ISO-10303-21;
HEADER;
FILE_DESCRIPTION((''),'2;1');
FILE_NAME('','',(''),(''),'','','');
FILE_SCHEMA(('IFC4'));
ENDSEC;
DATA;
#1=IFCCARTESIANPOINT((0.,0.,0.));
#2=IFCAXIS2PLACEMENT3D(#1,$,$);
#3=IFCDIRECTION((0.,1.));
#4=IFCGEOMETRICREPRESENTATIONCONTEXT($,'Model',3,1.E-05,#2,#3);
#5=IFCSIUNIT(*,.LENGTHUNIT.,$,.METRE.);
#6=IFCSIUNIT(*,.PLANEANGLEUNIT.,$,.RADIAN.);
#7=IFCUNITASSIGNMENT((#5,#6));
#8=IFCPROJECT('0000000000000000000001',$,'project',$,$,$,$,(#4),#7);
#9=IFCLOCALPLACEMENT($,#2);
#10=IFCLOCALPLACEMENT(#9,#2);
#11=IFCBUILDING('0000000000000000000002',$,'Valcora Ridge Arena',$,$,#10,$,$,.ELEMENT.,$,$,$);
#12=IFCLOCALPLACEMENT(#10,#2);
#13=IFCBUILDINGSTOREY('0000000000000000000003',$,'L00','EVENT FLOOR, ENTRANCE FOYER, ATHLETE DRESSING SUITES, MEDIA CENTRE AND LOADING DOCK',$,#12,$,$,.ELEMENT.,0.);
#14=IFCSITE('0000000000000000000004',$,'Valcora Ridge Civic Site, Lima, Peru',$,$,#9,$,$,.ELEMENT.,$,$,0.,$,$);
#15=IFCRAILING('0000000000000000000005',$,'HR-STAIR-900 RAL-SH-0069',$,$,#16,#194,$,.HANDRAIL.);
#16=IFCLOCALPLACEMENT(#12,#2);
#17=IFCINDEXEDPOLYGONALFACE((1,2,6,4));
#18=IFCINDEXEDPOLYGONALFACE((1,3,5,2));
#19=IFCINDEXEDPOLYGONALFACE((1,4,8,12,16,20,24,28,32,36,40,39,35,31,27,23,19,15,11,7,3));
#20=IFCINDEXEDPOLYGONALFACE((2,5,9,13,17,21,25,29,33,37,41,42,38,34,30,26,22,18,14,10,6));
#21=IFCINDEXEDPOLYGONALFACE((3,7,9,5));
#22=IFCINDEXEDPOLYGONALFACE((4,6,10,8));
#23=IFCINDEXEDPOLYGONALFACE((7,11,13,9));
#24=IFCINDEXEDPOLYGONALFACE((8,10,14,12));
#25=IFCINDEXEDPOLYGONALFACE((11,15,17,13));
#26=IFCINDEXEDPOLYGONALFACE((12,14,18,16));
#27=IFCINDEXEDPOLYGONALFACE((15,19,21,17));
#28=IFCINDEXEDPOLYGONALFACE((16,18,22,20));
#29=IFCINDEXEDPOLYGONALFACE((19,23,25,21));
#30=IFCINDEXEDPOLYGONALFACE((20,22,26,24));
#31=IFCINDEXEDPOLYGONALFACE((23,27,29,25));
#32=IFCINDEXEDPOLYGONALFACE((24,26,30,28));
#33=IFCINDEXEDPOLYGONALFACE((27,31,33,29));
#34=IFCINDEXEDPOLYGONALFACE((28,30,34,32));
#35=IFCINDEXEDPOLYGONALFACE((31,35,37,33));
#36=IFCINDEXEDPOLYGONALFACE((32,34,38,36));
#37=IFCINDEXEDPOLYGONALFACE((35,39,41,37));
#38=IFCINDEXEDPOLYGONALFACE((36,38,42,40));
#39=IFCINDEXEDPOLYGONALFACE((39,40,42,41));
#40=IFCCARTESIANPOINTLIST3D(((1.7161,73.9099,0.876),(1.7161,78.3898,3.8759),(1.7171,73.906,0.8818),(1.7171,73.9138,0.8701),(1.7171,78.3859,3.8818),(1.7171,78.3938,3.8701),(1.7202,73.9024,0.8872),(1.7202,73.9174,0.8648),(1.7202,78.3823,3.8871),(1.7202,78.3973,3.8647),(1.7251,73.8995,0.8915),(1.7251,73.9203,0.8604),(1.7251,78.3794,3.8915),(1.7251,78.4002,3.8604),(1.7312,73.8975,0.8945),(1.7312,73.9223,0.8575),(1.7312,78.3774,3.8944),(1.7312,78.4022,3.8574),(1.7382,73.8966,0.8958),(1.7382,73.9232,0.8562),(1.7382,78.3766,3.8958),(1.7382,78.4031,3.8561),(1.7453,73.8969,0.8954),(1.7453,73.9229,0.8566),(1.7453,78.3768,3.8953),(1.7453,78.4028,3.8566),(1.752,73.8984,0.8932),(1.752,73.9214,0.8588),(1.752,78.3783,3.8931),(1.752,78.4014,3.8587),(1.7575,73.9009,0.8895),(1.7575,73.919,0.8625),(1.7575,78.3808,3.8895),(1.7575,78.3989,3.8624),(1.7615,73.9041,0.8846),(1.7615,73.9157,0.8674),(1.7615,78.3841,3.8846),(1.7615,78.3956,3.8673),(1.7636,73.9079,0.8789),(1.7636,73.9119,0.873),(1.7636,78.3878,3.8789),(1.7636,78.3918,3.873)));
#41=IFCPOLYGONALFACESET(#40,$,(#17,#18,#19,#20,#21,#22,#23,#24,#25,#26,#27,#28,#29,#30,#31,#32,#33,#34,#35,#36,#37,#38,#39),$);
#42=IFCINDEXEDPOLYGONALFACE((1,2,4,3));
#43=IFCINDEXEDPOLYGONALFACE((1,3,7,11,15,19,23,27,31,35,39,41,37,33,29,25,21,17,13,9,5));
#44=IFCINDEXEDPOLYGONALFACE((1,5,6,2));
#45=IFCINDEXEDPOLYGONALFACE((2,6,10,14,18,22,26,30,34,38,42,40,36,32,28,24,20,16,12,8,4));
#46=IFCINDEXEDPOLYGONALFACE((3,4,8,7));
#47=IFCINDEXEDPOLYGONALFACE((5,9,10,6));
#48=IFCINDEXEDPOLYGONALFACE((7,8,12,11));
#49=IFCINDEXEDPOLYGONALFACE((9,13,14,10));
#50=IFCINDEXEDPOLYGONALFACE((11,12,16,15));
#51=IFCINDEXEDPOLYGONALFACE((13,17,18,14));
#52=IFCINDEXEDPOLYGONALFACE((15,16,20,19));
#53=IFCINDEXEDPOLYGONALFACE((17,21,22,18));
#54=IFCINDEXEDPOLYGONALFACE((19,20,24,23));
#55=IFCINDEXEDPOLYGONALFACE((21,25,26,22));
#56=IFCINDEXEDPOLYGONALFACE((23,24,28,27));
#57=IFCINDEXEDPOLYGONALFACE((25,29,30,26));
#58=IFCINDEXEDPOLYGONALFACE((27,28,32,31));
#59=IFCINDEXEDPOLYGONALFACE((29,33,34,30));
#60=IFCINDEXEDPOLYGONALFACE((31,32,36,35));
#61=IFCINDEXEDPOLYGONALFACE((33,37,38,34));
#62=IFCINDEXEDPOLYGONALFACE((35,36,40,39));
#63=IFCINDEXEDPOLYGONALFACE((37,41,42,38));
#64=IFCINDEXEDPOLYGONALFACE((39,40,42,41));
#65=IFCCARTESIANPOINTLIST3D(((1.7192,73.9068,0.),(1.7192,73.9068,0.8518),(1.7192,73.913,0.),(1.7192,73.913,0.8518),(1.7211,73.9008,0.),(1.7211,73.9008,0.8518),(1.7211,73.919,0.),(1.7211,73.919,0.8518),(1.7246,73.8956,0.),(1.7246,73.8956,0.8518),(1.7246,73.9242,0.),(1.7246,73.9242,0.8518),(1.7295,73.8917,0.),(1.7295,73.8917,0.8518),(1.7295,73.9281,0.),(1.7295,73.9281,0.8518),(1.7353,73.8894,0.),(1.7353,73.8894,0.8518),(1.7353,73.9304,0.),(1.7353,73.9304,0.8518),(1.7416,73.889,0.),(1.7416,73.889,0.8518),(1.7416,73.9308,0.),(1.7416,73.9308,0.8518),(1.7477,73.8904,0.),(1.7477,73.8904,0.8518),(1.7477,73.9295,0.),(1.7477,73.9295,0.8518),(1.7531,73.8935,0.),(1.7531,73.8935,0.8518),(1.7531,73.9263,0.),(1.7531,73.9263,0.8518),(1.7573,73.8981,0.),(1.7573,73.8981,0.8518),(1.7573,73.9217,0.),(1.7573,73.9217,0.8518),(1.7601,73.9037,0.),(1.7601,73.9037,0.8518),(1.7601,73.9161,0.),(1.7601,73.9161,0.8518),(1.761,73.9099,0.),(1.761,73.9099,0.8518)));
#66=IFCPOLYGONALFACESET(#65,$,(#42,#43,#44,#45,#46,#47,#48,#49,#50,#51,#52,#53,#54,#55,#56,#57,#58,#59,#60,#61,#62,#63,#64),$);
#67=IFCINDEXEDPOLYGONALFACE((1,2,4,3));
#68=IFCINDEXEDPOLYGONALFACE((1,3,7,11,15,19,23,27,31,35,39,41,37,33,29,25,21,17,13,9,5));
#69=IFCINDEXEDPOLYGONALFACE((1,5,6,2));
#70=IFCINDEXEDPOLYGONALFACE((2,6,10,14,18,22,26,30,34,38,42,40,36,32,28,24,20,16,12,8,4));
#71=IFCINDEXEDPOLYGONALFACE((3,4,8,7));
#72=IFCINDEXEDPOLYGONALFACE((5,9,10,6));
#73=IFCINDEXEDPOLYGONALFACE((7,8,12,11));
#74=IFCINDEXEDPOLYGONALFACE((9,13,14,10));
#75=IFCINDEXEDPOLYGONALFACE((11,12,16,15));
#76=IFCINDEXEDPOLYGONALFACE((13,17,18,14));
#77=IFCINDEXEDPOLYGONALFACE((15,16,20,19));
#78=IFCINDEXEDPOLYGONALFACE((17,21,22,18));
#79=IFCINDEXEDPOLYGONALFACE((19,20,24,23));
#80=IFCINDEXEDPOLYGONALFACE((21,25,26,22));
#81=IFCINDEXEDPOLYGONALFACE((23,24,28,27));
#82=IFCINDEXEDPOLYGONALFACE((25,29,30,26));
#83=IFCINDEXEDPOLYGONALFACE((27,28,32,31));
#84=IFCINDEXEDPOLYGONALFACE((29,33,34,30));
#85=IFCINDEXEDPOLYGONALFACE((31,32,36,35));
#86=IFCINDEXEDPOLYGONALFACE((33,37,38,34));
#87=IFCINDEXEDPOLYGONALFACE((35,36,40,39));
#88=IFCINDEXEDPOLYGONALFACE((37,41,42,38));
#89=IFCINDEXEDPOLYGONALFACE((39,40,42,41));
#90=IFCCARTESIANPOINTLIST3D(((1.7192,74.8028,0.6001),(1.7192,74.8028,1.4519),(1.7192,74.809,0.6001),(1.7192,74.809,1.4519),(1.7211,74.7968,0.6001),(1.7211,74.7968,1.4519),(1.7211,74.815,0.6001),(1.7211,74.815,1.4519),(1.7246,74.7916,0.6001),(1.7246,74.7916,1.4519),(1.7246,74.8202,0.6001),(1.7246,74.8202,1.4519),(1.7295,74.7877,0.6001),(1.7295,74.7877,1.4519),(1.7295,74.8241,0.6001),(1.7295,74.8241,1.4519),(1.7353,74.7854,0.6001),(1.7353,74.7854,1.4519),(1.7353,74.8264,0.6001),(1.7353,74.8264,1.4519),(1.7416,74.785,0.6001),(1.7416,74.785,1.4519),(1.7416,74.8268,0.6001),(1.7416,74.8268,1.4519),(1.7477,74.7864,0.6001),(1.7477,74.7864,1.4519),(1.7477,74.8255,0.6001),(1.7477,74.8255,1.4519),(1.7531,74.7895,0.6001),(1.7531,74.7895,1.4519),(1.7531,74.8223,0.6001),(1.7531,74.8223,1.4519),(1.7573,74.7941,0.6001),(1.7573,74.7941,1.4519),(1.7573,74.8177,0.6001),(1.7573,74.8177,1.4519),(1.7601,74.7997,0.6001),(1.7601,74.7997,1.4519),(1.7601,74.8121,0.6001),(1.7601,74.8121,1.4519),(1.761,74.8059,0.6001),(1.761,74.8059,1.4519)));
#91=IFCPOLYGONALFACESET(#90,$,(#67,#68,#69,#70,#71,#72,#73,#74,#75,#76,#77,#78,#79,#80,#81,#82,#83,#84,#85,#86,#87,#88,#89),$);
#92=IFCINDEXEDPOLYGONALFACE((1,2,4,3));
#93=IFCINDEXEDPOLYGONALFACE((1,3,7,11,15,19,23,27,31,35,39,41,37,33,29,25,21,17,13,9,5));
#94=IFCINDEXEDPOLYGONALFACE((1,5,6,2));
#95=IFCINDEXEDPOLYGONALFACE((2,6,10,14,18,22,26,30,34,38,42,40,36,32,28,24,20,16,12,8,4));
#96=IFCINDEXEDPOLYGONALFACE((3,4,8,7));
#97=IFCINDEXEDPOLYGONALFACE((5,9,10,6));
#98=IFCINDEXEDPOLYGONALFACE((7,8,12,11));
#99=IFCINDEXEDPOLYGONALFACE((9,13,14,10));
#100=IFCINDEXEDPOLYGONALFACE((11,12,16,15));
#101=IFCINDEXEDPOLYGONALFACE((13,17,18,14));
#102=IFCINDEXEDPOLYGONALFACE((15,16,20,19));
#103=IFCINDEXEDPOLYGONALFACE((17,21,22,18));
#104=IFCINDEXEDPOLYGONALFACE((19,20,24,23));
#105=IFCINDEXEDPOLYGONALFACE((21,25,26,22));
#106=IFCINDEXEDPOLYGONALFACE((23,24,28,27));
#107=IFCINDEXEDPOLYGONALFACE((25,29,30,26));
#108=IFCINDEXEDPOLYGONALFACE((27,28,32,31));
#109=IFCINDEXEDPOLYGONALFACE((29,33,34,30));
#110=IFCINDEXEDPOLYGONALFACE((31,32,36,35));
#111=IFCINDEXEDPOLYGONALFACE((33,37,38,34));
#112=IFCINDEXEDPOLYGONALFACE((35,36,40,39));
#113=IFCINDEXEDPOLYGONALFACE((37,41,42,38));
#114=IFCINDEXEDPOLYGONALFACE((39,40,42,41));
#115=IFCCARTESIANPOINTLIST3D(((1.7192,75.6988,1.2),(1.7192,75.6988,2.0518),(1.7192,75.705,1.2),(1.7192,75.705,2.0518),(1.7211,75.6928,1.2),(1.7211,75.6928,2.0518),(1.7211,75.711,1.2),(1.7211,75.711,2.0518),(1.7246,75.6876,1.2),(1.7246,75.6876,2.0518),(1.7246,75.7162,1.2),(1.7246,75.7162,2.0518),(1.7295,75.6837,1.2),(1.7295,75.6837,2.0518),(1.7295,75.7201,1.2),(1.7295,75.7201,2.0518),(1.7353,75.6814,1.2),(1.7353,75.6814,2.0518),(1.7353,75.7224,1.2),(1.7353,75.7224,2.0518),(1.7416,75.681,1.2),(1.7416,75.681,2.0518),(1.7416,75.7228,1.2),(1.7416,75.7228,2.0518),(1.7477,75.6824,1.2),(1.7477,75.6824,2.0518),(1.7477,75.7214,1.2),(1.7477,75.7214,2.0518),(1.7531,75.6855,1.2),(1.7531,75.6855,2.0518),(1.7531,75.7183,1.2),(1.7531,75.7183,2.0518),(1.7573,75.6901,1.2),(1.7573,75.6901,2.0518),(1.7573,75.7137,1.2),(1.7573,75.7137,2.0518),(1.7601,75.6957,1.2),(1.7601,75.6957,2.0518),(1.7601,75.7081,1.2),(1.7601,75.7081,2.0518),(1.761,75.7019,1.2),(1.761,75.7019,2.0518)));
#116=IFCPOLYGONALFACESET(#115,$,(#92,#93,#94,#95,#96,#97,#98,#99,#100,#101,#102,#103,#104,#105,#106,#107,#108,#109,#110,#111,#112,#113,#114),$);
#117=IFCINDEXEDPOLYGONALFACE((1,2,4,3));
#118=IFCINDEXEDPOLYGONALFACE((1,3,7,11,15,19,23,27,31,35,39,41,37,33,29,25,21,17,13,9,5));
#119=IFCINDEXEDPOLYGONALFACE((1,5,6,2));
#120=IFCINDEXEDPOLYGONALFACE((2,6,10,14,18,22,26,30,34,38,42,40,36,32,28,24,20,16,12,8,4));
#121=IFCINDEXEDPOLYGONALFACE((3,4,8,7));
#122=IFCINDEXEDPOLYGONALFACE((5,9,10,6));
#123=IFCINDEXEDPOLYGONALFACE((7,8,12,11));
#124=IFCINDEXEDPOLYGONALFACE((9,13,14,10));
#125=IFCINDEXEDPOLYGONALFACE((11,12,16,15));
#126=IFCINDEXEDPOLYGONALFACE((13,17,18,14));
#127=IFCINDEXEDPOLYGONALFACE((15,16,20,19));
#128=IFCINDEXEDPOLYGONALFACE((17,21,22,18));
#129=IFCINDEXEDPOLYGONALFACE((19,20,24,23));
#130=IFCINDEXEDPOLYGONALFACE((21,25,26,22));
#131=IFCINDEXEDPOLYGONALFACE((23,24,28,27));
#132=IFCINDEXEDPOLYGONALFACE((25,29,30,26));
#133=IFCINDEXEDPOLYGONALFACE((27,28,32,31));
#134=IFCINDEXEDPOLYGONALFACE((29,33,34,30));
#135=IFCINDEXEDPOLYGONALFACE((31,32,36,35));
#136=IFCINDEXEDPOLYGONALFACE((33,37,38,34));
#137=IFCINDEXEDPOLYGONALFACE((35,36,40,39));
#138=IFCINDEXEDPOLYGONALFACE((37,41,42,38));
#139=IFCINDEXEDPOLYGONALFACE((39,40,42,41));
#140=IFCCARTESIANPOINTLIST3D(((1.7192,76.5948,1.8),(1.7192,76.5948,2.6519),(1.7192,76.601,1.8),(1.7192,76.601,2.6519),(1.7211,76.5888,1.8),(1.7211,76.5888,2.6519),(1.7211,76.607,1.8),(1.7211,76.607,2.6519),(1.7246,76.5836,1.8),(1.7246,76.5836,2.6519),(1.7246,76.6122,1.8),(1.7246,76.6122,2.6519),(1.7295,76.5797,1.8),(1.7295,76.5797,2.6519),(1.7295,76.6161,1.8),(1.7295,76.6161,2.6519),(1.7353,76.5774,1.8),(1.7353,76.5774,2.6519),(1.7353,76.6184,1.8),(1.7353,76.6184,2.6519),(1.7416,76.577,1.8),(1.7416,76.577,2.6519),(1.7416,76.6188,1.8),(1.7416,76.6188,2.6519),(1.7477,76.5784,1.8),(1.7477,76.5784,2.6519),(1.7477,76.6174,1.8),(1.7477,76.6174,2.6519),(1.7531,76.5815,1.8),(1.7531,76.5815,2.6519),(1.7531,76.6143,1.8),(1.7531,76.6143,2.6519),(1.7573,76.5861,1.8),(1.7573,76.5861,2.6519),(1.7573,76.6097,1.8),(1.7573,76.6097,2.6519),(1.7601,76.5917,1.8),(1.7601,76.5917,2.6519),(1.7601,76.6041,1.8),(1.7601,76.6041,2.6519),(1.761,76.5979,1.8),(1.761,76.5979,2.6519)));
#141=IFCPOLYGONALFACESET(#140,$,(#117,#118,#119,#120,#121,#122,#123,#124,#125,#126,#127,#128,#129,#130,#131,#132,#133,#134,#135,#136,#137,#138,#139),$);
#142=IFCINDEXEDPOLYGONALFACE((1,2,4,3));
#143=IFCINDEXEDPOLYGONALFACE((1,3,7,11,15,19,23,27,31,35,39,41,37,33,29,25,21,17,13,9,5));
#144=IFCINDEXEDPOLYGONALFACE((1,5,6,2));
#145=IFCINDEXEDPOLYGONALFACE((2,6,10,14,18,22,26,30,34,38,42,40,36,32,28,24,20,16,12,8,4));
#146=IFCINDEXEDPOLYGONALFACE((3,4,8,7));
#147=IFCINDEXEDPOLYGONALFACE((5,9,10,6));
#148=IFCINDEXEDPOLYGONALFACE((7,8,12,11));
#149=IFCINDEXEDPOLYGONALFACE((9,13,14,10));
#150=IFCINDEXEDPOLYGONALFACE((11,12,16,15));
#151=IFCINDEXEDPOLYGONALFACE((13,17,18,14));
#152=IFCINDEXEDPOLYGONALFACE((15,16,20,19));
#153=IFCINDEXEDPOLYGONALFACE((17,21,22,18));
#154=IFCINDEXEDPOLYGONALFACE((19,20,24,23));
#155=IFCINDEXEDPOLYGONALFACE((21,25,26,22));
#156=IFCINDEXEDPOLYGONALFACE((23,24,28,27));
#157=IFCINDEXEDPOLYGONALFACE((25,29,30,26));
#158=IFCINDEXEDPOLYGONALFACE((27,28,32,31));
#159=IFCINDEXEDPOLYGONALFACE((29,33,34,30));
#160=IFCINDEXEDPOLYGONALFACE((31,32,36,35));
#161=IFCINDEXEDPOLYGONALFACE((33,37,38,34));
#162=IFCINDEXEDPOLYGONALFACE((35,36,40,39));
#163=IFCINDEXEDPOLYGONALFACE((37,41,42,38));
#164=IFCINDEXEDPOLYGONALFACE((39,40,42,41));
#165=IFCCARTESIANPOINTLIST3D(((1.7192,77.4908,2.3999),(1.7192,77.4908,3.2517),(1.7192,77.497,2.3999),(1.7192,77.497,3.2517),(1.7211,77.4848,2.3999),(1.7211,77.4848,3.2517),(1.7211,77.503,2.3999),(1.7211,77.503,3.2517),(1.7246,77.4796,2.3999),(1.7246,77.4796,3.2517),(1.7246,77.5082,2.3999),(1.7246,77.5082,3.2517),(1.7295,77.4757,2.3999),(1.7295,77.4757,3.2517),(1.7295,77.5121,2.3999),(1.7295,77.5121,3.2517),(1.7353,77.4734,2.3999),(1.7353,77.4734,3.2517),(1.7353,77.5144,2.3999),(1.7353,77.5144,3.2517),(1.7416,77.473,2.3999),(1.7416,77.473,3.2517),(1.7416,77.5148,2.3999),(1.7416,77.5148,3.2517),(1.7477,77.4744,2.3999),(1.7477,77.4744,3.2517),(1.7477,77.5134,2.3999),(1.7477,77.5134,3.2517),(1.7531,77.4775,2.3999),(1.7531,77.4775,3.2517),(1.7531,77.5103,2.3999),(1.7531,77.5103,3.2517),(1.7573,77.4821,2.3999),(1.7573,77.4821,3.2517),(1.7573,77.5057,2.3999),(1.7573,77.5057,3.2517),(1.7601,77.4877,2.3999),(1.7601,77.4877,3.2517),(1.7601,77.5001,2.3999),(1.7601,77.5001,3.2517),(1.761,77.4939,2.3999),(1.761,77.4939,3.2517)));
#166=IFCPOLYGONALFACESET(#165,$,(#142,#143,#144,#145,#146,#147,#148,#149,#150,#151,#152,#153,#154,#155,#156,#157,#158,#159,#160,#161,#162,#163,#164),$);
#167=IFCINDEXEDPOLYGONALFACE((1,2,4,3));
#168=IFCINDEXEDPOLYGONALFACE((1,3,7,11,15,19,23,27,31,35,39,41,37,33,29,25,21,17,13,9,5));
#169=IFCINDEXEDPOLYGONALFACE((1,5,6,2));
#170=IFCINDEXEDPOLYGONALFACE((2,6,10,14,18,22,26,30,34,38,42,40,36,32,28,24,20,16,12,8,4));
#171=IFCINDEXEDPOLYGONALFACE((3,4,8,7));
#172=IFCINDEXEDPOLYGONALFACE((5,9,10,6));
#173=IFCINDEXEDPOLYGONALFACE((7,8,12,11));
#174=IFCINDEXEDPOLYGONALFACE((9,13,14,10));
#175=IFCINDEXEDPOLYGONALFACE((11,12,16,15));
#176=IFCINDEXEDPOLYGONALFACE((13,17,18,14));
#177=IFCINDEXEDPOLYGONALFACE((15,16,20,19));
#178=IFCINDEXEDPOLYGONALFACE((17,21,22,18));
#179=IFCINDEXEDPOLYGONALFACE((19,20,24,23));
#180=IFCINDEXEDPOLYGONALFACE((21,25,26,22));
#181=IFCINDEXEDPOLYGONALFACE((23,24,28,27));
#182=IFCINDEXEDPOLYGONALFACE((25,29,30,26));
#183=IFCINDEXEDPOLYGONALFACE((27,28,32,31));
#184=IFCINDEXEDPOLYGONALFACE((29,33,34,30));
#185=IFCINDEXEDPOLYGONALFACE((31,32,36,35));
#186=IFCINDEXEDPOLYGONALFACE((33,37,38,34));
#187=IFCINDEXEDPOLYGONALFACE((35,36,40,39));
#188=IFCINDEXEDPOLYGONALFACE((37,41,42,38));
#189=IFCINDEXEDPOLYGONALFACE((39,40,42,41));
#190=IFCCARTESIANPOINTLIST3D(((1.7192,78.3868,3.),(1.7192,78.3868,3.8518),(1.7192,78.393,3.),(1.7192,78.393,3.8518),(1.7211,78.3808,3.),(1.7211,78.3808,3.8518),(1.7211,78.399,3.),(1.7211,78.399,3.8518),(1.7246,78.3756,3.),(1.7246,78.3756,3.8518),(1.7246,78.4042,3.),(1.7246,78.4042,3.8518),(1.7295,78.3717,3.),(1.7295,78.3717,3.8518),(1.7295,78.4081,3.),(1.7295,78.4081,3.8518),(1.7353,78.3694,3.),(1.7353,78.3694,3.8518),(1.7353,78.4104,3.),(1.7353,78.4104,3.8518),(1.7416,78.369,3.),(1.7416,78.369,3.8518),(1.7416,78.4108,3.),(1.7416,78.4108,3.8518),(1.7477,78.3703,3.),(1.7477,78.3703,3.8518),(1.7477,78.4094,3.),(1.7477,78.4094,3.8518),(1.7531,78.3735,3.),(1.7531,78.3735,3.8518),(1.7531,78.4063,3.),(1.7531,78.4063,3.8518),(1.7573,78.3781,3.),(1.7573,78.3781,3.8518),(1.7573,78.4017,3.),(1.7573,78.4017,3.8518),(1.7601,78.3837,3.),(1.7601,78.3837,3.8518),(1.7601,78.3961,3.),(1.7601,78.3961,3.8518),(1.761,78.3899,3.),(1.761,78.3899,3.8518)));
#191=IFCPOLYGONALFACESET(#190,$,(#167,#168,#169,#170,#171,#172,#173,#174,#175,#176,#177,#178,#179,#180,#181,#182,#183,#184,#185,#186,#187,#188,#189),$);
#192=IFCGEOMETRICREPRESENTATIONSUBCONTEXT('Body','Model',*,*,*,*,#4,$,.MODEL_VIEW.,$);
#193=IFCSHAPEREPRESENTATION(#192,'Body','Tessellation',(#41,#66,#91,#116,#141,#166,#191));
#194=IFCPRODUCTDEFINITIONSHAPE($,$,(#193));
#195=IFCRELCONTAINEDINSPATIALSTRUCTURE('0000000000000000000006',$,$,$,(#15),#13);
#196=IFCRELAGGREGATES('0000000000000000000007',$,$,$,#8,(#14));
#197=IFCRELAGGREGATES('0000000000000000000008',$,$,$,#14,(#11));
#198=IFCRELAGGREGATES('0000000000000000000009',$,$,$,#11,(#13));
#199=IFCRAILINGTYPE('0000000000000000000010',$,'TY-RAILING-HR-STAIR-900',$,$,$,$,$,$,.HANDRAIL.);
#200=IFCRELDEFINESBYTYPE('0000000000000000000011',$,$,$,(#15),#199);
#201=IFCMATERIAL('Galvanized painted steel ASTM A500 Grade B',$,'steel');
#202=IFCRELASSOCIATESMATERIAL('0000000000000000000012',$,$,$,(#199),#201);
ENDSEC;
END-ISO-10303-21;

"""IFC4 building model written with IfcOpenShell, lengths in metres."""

from ifc_helpers import new_model, si_unit, direction, frame, origin, origin_2d, place, context, subcontext, project, spatial, circle, extrude, material, type_object, element, save


model = new_model("IFC4")

# Units and contexts
model_context = context("Model", 3, precision=1e-05, world=origin(), true_north=direction((0.0, 1.0)))
body_context = subcontext(model_context, "Body", "Model", "MODEL_VIEW")
ifc_project = project(units=[si_unit("LENGTHUNIT", "METRE"), si_unit("PLANEANGLEUNIT", "RADIAN")], contexts=[model_context])

# Site, building, storey
site_placement = place(None, origin())
site = spatial("IfcSite", under=ifc_project, at=site_placement, Name="Valcora Ridge Civic Site, Lima, Peru", CompositionType="ELEMENT", RefElevation=0.0)
building_placement = place(site_placement, origin())
building = spatial("IfcBuilding", under=site, at=building_placement, Name="Valcora Ridge Arena", CompositionType="ELEMENT")
storey_placement = place(building_placement, origin())
storey = spatial("IfcBuildingStorey", under=building, at=storey_placement, Name="L00", Description="EVENT FLOOR, ENTRANCE FOYER, ATHLETE DRESSING SUITES, MEDIA CENTRE AND LOADING DOCK", CompositionType="ELEMENT", Elevation=0.0)

# Railing
ifc_material_1 = material(Name="Galvanized painted steel ASTM A500 Grade B", Category="steel")
railing_type_1 = type_object("IfcRailingType", Name="TY-RAILING-HR-STAIR-900", PredefinedType="HANDRAIL", material=ifc_material_1)
railing_1_placement = place(storey_placement, frame((1.74, 73.9099, 0.0)))
element("IfcRailing", 1, at=railing_1_placement, inside=storey, type_object=railing_type_1, Name="HR-STAIR-900 RAL-SH-0069", PredefinedType="HANDRAIL", context=body_context, shape_type="SweptSolid", body=[
    extrude(circle(Radius=0.0239, at=origin_2d()), frame((0.0, 0.0, 0.876), z_axis=(0.0, 0.830906, 0.556413), x_axis=(-1.0, 0.0, 0.0)), (0.0, 0.0, 1.0), 5.3916),
    extrude(circle(Radius=0.021, at=origin_2d()), origin(), (0.0, 0.0, 1.0), 0.8518),
    extrude(circle(Radius=0.021, at=origin_2d()), frame((0.0, 0.896, 0.6001)), (0.0, 0.0, 1.0), 0.8518),
    extrude(circle(Radius=0.021, at=origin_2d()), frame((0.0, 1.792, 1.2)), (0.0, 0.0, 1.0), 0.8518),
    extrude(circle(Radius=0.021, at=origin_2d()), frame((0.0, 2.688, 1.8)), (0.0, 0.0, 1.0), 0.8518),
    extrude(circle(Radius=0.021, at=origin_2d()), frame((0.0, 3.584, 2.3999)), (0.0, 0.0, 1.0), 0.8518),
    extrude(circle(Radius=0.021, at=origin_2d()), frame((0.0, 4.48, 3.0)), (0.0, 0.0, 1.0), 0.8518),
])

save(model, "model.ifc")
